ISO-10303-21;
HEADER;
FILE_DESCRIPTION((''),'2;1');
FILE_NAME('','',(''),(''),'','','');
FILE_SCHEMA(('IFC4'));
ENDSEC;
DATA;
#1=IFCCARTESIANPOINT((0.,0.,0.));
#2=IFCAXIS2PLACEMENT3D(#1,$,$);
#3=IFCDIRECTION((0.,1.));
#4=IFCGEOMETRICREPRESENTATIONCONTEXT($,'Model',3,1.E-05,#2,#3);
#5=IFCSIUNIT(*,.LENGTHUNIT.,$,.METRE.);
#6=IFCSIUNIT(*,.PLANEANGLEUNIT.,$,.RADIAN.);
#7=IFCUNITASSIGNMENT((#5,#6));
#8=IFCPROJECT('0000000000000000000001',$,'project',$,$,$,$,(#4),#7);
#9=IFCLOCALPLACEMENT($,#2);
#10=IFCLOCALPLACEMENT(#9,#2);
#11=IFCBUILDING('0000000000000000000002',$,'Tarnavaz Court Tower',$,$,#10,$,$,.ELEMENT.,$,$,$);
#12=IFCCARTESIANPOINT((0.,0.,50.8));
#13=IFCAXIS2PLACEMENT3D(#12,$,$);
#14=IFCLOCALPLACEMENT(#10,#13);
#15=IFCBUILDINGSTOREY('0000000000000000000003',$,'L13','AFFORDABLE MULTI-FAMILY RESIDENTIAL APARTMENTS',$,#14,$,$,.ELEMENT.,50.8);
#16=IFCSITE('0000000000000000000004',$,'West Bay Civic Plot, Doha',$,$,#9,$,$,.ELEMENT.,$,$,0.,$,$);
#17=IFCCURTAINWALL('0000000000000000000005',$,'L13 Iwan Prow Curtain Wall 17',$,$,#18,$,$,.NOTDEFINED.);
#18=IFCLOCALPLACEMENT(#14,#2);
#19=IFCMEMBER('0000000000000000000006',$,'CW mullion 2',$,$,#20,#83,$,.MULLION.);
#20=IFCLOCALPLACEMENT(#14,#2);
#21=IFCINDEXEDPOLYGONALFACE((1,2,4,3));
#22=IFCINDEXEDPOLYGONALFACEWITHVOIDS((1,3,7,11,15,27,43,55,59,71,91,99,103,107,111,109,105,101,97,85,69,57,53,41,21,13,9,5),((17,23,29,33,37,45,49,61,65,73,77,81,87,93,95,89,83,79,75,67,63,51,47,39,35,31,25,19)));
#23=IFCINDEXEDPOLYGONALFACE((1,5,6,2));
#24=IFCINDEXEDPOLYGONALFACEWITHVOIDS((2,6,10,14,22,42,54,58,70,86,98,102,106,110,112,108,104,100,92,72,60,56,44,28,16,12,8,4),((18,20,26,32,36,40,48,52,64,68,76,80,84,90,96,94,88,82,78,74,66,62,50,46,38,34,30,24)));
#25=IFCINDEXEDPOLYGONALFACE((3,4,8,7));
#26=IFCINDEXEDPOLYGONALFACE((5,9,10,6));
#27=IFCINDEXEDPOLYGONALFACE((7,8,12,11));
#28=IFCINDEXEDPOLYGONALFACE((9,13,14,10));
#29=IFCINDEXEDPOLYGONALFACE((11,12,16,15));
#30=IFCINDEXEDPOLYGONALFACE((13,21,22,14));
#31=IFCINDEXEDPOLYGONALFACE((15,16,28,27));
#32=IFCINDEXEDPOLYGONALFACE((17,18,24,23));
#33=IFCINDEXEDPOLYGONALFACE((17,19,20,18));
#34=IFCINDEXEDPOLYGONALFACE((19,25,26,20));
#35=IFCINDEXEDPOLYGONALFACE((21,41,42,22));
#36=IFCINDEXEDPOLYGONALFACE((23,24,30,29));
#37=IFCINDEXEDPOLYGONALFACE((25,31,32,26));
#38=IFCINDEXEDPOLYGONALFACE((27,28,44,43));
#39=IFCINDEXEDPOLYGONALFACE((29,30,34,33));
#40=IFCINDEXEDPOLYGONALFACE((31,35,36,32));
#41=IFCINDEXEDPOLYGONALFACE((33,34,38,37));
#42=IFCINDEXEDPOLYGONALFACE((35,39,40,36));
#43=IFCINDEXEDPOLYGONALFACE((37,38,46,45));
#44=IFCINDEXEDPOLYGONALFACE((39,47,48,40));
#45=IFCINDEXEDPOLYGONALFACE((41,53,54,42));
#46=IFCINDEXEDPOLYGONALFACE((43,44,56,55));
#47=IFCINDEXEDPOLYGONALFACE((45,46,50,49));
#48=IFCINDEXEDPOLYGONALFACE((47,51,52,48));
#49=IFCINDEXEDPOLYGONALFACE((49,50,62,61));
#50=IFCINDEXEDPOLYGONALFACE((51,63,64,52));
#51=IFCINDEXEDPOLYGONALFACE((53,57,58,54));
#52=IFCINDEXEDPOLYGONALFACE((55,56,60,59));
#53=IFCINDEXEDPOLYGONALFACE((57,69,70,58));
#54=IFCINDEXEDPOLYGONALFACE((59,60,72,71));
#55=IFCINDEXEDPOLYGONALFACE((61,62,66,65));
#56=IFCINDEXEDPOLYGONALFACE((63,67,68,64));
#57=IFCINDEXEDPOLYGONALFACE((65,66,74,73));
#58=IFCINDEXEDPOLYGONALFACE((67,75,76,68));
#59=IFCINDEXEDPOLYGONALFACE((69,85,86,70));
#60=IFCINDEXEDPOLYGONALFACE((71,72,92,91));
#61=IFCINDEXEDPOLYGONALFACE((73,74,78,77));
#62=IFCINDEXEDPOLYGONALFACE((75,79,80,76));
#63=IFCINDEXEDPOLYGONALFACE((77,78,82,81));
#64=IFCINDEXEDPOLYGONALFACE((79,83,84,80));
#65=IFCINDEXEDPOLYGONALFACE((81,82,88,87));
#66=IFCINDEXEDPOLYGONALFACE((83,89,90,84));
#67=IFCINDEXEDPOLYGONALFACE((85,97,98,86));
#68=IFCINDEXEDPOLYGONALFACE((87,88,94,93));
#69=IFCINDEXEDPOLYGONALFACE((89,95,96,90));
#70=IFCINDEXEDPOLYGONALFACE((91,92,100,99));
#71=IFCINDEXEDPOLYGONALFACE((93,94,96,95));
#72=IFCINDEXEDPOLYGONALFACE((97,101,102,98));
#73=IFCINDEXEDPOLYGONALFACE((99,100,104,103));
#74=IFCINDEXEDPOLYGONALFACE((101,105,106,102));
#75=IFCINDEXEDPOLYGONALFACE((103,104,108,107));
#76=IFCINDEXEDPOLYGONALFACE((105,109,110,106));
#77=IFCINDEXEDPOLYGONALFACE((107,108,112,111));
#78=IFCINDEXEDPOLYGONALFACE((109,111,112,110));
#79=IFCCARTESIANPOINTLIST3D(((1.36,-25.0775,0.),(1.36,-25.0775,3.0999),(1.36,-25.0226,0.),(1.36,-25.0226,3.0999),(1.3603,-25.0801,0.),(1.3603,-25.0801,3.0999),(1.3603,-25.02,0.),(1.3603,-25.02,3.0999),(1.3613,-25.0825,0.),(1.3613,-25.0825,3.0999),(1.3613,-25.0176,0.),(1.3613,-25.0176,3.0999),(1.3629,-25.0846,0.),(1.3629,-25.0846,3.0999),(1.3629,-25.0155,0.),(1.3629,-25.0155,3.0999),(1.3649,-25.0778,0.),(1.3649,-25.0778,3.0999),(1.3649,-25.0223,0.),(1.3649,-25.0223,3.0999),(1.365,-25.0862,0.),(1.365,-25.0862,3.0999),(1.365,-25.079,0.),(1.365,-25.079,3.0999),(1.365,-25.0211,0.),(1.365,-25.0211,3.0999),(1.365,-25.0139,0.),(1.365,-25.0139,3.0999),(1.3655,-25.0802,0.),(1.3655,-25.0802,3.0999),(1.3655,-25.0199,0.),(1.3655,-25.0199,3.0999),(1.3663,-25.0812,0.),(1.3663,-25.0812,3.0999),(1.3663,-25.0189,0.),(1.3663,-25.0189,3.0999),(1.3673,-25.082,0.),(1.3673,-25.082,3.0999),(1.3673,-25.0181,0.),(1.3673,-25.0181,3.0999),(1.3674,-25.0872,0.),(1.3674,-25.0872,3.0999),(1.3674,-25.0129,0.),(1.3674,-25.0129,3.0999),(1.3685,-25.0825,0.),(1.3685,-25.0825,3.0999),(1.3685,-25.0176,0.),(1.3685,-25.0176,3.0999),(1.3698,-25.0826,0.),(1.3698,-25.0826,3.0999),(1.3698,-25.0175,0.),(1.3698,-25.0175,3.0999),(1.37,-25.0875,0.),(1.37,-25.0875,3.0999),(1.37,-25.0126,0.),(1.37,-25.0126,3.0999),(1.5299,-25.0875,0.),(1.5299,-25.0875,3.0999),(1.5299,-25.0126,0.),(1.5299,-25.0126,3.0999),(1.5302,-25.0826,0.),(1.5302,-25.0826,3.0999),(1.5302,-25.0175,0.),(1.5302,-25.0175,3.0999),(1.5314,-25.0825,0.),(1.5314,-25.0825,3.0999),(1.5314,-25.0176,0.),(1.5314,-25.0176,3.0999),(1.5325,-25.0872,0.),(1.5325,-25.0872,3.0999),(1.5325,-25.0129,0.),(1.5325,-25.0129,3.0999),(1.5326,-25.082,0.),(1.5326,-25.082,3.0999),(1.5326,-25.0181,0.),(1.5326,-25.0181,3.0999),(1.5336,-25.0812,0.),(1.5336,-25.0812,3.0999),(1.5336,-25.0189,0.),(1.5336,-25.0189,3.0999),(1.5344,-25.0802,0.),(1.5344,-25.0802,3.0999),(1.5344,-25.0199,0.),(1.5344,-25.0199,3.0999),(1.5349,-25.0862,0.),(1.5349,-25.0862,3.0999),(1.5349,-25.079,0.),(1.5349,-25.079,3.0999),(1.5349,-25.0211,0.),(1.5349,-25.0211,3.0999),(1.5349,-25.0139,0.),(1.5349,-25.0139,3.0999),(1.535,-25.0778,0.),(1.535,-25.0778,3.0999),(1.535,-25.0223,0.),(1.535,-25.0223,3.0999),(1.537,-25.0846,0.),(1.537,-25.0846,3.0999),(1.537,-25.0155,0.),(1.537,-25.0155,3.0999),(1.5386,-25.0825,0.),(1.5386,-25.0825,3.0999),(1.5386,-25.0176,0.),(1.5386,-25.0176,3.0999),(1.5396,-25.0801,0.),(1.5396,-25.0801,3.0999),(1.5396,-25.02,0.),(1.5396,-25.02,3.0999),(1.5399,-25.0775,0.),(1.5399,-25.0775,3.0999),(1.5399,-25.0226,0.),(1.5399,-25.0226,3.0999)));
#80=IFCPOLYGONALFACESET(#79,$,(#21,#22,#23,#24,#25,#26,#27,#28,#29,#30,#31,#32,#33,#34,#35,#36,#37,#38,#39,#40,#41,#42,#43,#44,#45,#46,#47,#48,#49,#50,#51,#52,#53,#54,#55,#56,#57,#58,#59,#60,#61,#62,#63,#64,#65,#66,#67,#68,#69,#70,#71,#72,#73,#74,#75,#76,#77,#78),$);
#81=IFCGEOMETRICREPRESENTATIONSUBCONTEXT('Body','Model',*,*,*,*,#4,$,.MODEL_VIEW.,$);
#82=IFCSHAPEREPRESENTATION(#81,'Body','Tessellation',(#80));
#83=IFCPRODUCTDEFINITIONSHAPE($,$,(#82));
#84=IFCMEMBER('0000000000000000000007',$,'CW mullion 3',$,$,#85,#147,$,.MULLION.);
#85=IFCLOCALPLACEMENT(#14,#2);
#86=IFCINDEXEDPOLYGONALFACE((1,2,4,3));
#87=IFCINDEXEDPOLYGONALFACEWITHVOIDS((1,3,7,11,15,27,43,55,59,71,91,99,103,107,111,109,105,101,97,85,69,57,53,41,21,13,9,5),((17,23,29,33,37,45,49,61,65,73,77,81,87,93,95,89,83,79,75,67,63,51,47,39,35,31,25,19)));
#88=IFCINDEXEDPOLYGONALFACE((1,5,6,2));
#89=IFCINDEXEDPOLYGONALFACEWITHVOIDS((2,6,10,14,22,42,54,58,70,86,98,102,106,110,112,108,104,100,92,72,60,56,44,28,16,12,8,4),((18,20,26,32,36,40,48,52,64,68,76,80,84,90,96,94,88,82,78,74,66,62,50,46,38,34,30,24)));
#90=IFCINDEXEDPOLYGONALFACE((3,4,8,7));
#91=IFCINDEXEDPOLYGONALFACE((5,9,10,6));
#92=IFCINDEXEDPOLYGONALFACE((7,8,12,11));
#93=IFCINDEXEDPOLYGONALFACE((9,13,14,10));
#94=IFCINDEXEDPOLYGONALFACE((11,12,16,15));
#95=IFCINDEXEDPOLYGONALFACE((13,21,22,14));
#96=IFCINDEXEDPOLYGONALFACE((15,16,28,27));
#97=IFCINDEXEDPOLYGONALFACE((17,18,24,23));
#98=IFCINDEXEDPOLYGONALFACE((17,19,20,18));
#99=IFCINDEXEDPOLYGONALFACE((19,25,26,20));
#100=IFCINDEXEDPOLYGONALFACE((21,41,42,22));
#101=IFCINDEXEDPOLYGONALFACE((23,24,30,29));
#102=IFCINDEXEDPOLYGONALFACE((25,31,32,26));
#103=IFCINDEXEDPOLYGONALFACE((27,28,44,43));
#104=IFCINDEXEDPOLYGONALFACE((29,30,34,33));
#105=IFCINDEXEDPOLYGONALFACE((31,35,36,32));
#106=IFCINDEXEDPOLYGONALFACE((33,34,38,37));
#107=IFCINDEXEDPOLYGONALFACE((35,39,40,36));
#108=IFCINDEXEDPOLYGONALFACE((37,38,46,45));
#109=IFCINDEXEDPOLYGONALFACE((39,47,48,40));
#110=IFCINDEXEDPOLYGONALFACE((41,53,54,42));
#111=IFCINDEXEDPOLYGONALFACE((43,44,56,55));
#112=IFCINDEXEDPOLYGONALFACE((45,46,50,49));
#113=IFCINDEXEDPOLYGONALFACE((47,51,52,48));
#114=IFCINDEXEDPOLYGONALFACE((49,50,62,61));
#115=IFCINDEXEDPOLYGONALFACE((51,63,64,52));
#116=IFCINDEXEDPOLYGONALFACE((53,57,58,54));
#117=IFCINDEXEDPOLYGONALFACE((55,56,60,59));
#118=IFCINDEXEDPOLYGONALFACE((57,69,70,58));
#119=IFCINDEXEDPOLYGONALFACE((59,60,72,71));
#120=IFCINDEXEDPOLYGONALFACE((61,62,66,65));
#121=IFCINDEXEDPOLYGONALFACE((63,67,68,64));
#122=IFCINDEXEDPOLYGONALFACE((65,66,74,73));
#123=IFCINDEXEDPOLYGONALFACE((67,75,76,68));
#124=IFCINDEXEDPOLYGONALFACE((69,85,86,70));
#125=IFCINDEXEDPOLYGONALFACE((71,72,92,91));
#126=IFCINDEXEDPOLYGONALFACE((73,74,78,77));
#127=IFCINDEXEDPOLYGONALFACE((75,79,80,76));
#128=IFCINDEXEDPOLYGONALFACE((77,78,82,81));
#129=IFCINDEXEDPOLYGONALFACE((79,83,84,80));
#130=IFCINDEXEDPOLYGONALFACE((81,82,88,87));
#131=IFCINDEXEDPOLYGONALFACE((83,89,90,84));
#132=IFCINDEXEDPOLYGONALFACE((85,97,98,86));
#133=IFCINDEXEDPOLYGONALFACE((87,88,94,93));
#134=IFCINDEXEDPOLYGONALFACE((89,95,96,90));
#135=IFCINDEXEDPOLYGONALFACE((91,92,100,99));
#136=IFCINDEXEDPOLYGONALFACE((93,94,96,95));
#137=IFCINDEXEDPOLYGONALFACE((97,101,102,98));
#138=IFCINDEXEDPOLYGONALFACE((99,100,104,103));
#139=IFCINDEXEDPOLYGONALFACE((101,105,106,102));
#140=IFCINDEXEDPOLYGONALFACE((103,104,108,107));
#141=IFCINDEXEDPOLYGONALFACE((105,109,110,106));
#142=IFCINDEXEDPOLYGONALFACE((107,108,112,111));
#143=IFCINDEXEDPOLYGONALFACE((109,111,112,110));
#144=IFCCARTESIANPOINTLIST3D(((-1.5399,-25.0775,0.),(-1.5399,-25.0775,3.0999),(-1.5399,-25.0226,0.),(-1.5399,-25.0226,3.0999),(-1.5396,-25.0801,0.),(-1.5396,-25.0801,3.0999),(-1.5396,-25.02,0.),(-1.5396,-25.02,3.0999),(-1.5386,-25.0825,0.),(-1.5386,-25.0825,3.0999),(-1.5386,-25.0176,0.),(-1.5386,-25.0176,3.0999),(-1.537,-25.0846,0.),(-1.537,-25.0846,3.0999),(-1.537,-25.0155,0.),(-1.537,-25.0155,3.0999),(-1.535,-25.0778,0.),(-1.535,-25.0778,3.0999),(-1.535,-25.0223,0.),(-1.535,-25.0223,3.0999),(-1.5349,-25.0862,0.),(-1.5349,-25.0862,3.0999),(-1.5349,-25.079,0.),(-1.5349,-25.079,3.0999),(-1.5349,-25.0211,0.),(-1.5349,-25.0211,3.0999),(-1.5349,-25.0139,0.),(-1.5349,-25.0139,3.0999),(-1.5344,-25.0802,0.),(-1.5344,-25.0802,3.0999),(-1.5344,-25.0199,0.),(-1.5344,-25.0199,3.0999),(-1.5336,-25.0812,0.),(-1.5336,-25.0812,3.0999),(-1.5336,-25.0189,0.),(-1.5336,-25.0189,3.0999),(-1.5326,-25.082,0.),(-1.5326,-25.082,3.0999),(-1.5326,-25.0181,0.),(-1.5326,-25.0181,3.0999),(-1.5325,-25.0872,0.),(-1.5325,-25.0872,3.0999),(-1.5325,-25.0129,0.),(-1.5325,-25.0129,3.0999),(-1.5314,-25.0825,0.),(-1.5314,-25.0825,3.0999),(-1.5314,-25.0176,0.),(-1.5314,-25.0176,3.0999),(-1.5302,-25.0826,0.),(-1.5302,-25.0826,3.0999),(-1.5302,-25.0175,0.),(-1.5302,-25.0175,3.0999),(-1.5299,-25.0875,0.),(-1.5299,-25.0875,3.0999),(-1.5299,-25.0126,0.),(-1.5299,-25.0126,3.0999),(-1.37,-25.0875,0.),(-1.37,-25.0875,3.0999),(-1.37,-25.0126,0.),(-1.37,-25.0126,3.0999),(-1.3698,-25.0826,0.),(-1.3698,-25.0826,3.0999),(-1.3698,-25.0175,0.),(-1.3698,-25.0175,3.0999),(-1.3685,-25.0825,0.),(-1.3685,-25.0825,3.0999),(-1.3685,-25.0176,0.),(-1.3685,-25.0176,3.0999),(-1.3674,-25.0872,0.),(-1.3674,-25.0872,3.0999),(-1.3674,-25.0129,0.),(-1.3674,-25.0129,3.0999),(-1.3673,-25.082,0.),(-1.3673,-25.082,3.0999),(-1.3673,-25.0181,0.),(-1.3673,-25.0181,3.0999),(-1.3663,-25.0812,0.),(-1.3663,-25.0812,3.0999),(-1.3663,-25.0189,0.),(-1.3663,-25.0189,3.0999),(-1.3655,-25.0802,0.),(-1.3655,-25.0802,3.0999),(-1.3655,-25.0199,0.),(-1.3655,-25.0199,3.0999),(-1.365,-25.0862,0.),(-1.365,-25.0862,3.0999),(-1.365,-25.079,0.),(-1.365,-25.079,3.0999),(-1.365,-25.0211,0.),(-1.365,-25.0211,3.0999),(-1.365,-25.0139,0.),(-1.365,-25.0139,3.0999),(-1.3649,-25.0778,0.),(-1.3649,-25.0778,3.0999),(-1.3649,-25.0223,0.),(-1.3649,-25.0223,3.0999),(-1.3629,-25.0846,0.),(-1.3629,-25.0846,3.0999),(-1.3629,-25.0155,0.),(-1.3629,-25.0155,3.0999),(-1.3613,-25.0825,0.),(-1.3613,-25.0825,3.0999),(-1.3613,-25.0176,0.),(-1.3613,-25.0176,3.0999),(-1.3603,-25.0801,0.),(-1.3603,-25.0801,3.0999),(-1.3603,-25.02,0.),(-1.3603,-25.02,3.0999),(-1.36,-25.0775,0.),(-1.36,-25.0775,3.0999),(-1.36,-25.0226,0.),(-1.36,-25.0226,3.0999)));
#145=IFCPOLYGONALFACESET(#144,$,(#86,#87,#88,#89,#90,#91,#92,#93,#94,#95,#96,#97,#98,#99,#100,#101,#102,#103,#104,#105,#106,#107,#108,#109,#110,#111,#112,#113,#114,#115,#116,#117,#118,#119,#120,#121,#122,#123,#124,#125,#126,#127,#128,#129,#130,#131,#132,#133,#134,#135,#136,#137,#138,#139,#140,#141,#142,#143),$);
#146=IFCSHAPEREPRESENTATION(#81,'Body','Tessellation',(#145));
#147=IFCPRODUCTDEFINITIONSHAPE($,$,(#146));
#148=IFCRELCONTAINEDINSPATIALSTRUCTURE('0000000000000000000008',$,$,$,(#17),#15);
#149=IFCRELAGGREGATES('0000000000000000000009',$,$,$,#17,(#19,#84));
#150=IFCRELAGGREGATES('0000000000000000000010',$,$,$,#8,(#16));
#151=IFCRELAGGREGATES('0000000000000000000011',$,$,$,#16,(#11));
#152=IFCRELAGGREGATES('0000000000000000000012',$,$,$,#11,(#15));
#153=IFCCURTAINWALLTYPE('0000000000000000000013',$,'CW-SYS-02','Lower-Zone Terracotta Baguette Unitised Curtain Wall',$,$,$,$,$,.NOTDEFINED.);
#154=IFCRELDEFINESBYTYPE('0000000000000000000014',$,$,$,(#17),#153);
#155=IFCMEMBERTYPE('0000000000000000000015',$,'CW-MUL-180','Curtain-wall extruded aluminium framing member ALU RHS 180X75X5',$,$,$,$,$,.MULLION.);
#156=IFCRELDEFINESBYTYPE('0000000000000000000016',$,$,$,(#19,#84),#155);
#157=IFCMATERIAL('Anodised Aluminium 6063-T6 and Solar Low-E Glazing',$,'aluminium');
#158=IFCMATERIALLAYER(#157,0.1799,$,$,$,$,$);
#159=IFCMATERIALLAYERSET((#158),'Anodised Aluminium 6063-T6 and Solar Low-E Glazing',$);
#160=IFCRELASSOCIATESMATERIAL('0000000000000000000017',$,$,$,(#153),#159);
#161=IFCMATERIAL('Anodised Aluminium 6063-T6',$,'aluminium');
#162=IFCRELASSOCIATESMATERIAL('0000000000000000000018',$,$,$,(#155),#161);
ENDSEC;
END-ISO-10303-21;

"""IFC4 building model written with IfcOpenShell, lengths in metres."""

from ifc_helpers import new_model, si_unit, direction, frame, origin, origin_2d, place, context, subcontext, project, spatial, hollow_rectangle, extrude, material, layer, layer_set, material_profile, profile_set, type_object, element, aggregate, save


model = new_model("IFC4")

# Units and contexts
model_context = context("Model", 3, precision=1e-05, world=origin(), true_north=direction((0.0, 1.0)))
body_context = subcontext(model_context, "Body", "Model", "MODEL_VIEW")
ifc_project = project(units=[si_unit("LENGTHUNIT", "METRE"), si_unit("PLANEANGLEUNIT", "RADIAN")], contexts=[model_context])

# Site, building, storey
site_placement = place(None, origin())
site = spatial("IfcSite", under=ifc_project, at=site_placement, Name="West Bay Civic Plot, Doha", CompositionType="ELEMENT", RefElevation=0.0)
building_placement = place(site_placement, origin())
building = spatial("IfcBuilding", under=site, at=building_placement, Name="Tarnavaz Court Tower", CompositionType="ELEMENT")
storey_placement = place(building_placement, frame((0.0, 0.0, 50.8)))
storey = spatial("IfcBuildingStorey", under=building, at=storey_placement, Name="L13", Description="AFFORDABLE MULTI-FAMILY RESIDENTIAL APARTMENTS", CompositionType="ELEMENT", Elevation=50.8)

# Curtain wall, members
ifc_material_1 = material(Name="Anodised Aluminium 6063-T6 and Solar Low-E Glazing", Category="aluminium")
ifc_layer_1 = layer(ifc_material_1, 0.1799)
ifc_layer_set_1 = layer_set([ifc_layer_1], Name="Anodised Aluminium 6063-T6 and Solar Low-E Glazing")
curtain_wall_type = type_object("IfcCurtainWallType", Name="CW-SYS-02", Description="Lower-Zone Terracotta Baguette Unitised Curtain Wall", PredefinedType="NOTDEFINED", material=ifc_layer_set_1)
curtain_wall_placement = place(storey_placement, origin())
curtain_wall = element("IfcCurtainWall", 1, at=curtain_wall_placement, inside=storey, type_object=curtain_wall_type, Name="L13 Iwan Prow Curtain Wall 17", PredefinedType="NOTDEFINED")
ifc_material_2 = material(Name="Anodised Aluminium 6063-T6", Category="aluminium")
ifc_material_profile_1 = material_profile(ifc_material_2, hollow_rectangle(XDim=0.075, YDim=0.1799, WallThickness=0.0049, InnerFilletRadius=0.0049, OuterFilletRadius=0.01, at=origin_2d()), Name="ALU RHS 180X75X5")
ifc_profile_set_1 = profile_set([ifc_material_profile_1], Name="Anodised Aluminium 6063-T6")
member_type_1 = type_object("IfcMemberType", Name="CW-MUL-180", Description="Curtain-wall extruded aluminium framing member ALU RHS 180X75X5", PredefinedType="MULLION", material=ifc_profile_set_1)
member_1_placement = place(storey_placement, frame((1.45, -25.05, 0.0), z_axis=(0.0, 0.0, 1.0), x_axis=(0.0, -1.0, 0.0)))
member_1 = element("IfcMember", 2, at=member_1_placement, type_object=member_type_1, Name="CW mullion 2", PredefinedType="MULLION", context=body_context, shape_type="SweptSolid", body=[
    extrude(hollow_rectangle(XDim=0.075, YDim=0.1799, WallThickness=0.0049, InnerFilletRadius=0.0049, OuterFilletRadius=0.01, at=origin_2d()), origin(), (0.0, 0.0, 1.0), 3.0999),
])
member_2_placement = place(storey_placement, frame((-1.45, -25.05, 0.0), z_axis=(0.0, 0.0, 1.0), x_axis=(0.0, -1.0, 0.0)))
member_2 = element("IfcMember", 3, at=member_2_placement, type_object=member_type_1, Name="CW mullion 3", PredefinedType="MULLION", context=body_context, shape_type="SweptSolid", body=[
    extrude(hollow_rectangle(XDim=0.075, YDim=0.1799, WallThickness=0.0049, InnerFilletRadius=0.0049, OuterFilletRadius=0.01, at=origin_2d()), origin(), (0.0, 0.0, 1.0), 3.0999),
])
aggregate(curtain_wall, [member_1, member_2])

save(model, "model.ifc")
